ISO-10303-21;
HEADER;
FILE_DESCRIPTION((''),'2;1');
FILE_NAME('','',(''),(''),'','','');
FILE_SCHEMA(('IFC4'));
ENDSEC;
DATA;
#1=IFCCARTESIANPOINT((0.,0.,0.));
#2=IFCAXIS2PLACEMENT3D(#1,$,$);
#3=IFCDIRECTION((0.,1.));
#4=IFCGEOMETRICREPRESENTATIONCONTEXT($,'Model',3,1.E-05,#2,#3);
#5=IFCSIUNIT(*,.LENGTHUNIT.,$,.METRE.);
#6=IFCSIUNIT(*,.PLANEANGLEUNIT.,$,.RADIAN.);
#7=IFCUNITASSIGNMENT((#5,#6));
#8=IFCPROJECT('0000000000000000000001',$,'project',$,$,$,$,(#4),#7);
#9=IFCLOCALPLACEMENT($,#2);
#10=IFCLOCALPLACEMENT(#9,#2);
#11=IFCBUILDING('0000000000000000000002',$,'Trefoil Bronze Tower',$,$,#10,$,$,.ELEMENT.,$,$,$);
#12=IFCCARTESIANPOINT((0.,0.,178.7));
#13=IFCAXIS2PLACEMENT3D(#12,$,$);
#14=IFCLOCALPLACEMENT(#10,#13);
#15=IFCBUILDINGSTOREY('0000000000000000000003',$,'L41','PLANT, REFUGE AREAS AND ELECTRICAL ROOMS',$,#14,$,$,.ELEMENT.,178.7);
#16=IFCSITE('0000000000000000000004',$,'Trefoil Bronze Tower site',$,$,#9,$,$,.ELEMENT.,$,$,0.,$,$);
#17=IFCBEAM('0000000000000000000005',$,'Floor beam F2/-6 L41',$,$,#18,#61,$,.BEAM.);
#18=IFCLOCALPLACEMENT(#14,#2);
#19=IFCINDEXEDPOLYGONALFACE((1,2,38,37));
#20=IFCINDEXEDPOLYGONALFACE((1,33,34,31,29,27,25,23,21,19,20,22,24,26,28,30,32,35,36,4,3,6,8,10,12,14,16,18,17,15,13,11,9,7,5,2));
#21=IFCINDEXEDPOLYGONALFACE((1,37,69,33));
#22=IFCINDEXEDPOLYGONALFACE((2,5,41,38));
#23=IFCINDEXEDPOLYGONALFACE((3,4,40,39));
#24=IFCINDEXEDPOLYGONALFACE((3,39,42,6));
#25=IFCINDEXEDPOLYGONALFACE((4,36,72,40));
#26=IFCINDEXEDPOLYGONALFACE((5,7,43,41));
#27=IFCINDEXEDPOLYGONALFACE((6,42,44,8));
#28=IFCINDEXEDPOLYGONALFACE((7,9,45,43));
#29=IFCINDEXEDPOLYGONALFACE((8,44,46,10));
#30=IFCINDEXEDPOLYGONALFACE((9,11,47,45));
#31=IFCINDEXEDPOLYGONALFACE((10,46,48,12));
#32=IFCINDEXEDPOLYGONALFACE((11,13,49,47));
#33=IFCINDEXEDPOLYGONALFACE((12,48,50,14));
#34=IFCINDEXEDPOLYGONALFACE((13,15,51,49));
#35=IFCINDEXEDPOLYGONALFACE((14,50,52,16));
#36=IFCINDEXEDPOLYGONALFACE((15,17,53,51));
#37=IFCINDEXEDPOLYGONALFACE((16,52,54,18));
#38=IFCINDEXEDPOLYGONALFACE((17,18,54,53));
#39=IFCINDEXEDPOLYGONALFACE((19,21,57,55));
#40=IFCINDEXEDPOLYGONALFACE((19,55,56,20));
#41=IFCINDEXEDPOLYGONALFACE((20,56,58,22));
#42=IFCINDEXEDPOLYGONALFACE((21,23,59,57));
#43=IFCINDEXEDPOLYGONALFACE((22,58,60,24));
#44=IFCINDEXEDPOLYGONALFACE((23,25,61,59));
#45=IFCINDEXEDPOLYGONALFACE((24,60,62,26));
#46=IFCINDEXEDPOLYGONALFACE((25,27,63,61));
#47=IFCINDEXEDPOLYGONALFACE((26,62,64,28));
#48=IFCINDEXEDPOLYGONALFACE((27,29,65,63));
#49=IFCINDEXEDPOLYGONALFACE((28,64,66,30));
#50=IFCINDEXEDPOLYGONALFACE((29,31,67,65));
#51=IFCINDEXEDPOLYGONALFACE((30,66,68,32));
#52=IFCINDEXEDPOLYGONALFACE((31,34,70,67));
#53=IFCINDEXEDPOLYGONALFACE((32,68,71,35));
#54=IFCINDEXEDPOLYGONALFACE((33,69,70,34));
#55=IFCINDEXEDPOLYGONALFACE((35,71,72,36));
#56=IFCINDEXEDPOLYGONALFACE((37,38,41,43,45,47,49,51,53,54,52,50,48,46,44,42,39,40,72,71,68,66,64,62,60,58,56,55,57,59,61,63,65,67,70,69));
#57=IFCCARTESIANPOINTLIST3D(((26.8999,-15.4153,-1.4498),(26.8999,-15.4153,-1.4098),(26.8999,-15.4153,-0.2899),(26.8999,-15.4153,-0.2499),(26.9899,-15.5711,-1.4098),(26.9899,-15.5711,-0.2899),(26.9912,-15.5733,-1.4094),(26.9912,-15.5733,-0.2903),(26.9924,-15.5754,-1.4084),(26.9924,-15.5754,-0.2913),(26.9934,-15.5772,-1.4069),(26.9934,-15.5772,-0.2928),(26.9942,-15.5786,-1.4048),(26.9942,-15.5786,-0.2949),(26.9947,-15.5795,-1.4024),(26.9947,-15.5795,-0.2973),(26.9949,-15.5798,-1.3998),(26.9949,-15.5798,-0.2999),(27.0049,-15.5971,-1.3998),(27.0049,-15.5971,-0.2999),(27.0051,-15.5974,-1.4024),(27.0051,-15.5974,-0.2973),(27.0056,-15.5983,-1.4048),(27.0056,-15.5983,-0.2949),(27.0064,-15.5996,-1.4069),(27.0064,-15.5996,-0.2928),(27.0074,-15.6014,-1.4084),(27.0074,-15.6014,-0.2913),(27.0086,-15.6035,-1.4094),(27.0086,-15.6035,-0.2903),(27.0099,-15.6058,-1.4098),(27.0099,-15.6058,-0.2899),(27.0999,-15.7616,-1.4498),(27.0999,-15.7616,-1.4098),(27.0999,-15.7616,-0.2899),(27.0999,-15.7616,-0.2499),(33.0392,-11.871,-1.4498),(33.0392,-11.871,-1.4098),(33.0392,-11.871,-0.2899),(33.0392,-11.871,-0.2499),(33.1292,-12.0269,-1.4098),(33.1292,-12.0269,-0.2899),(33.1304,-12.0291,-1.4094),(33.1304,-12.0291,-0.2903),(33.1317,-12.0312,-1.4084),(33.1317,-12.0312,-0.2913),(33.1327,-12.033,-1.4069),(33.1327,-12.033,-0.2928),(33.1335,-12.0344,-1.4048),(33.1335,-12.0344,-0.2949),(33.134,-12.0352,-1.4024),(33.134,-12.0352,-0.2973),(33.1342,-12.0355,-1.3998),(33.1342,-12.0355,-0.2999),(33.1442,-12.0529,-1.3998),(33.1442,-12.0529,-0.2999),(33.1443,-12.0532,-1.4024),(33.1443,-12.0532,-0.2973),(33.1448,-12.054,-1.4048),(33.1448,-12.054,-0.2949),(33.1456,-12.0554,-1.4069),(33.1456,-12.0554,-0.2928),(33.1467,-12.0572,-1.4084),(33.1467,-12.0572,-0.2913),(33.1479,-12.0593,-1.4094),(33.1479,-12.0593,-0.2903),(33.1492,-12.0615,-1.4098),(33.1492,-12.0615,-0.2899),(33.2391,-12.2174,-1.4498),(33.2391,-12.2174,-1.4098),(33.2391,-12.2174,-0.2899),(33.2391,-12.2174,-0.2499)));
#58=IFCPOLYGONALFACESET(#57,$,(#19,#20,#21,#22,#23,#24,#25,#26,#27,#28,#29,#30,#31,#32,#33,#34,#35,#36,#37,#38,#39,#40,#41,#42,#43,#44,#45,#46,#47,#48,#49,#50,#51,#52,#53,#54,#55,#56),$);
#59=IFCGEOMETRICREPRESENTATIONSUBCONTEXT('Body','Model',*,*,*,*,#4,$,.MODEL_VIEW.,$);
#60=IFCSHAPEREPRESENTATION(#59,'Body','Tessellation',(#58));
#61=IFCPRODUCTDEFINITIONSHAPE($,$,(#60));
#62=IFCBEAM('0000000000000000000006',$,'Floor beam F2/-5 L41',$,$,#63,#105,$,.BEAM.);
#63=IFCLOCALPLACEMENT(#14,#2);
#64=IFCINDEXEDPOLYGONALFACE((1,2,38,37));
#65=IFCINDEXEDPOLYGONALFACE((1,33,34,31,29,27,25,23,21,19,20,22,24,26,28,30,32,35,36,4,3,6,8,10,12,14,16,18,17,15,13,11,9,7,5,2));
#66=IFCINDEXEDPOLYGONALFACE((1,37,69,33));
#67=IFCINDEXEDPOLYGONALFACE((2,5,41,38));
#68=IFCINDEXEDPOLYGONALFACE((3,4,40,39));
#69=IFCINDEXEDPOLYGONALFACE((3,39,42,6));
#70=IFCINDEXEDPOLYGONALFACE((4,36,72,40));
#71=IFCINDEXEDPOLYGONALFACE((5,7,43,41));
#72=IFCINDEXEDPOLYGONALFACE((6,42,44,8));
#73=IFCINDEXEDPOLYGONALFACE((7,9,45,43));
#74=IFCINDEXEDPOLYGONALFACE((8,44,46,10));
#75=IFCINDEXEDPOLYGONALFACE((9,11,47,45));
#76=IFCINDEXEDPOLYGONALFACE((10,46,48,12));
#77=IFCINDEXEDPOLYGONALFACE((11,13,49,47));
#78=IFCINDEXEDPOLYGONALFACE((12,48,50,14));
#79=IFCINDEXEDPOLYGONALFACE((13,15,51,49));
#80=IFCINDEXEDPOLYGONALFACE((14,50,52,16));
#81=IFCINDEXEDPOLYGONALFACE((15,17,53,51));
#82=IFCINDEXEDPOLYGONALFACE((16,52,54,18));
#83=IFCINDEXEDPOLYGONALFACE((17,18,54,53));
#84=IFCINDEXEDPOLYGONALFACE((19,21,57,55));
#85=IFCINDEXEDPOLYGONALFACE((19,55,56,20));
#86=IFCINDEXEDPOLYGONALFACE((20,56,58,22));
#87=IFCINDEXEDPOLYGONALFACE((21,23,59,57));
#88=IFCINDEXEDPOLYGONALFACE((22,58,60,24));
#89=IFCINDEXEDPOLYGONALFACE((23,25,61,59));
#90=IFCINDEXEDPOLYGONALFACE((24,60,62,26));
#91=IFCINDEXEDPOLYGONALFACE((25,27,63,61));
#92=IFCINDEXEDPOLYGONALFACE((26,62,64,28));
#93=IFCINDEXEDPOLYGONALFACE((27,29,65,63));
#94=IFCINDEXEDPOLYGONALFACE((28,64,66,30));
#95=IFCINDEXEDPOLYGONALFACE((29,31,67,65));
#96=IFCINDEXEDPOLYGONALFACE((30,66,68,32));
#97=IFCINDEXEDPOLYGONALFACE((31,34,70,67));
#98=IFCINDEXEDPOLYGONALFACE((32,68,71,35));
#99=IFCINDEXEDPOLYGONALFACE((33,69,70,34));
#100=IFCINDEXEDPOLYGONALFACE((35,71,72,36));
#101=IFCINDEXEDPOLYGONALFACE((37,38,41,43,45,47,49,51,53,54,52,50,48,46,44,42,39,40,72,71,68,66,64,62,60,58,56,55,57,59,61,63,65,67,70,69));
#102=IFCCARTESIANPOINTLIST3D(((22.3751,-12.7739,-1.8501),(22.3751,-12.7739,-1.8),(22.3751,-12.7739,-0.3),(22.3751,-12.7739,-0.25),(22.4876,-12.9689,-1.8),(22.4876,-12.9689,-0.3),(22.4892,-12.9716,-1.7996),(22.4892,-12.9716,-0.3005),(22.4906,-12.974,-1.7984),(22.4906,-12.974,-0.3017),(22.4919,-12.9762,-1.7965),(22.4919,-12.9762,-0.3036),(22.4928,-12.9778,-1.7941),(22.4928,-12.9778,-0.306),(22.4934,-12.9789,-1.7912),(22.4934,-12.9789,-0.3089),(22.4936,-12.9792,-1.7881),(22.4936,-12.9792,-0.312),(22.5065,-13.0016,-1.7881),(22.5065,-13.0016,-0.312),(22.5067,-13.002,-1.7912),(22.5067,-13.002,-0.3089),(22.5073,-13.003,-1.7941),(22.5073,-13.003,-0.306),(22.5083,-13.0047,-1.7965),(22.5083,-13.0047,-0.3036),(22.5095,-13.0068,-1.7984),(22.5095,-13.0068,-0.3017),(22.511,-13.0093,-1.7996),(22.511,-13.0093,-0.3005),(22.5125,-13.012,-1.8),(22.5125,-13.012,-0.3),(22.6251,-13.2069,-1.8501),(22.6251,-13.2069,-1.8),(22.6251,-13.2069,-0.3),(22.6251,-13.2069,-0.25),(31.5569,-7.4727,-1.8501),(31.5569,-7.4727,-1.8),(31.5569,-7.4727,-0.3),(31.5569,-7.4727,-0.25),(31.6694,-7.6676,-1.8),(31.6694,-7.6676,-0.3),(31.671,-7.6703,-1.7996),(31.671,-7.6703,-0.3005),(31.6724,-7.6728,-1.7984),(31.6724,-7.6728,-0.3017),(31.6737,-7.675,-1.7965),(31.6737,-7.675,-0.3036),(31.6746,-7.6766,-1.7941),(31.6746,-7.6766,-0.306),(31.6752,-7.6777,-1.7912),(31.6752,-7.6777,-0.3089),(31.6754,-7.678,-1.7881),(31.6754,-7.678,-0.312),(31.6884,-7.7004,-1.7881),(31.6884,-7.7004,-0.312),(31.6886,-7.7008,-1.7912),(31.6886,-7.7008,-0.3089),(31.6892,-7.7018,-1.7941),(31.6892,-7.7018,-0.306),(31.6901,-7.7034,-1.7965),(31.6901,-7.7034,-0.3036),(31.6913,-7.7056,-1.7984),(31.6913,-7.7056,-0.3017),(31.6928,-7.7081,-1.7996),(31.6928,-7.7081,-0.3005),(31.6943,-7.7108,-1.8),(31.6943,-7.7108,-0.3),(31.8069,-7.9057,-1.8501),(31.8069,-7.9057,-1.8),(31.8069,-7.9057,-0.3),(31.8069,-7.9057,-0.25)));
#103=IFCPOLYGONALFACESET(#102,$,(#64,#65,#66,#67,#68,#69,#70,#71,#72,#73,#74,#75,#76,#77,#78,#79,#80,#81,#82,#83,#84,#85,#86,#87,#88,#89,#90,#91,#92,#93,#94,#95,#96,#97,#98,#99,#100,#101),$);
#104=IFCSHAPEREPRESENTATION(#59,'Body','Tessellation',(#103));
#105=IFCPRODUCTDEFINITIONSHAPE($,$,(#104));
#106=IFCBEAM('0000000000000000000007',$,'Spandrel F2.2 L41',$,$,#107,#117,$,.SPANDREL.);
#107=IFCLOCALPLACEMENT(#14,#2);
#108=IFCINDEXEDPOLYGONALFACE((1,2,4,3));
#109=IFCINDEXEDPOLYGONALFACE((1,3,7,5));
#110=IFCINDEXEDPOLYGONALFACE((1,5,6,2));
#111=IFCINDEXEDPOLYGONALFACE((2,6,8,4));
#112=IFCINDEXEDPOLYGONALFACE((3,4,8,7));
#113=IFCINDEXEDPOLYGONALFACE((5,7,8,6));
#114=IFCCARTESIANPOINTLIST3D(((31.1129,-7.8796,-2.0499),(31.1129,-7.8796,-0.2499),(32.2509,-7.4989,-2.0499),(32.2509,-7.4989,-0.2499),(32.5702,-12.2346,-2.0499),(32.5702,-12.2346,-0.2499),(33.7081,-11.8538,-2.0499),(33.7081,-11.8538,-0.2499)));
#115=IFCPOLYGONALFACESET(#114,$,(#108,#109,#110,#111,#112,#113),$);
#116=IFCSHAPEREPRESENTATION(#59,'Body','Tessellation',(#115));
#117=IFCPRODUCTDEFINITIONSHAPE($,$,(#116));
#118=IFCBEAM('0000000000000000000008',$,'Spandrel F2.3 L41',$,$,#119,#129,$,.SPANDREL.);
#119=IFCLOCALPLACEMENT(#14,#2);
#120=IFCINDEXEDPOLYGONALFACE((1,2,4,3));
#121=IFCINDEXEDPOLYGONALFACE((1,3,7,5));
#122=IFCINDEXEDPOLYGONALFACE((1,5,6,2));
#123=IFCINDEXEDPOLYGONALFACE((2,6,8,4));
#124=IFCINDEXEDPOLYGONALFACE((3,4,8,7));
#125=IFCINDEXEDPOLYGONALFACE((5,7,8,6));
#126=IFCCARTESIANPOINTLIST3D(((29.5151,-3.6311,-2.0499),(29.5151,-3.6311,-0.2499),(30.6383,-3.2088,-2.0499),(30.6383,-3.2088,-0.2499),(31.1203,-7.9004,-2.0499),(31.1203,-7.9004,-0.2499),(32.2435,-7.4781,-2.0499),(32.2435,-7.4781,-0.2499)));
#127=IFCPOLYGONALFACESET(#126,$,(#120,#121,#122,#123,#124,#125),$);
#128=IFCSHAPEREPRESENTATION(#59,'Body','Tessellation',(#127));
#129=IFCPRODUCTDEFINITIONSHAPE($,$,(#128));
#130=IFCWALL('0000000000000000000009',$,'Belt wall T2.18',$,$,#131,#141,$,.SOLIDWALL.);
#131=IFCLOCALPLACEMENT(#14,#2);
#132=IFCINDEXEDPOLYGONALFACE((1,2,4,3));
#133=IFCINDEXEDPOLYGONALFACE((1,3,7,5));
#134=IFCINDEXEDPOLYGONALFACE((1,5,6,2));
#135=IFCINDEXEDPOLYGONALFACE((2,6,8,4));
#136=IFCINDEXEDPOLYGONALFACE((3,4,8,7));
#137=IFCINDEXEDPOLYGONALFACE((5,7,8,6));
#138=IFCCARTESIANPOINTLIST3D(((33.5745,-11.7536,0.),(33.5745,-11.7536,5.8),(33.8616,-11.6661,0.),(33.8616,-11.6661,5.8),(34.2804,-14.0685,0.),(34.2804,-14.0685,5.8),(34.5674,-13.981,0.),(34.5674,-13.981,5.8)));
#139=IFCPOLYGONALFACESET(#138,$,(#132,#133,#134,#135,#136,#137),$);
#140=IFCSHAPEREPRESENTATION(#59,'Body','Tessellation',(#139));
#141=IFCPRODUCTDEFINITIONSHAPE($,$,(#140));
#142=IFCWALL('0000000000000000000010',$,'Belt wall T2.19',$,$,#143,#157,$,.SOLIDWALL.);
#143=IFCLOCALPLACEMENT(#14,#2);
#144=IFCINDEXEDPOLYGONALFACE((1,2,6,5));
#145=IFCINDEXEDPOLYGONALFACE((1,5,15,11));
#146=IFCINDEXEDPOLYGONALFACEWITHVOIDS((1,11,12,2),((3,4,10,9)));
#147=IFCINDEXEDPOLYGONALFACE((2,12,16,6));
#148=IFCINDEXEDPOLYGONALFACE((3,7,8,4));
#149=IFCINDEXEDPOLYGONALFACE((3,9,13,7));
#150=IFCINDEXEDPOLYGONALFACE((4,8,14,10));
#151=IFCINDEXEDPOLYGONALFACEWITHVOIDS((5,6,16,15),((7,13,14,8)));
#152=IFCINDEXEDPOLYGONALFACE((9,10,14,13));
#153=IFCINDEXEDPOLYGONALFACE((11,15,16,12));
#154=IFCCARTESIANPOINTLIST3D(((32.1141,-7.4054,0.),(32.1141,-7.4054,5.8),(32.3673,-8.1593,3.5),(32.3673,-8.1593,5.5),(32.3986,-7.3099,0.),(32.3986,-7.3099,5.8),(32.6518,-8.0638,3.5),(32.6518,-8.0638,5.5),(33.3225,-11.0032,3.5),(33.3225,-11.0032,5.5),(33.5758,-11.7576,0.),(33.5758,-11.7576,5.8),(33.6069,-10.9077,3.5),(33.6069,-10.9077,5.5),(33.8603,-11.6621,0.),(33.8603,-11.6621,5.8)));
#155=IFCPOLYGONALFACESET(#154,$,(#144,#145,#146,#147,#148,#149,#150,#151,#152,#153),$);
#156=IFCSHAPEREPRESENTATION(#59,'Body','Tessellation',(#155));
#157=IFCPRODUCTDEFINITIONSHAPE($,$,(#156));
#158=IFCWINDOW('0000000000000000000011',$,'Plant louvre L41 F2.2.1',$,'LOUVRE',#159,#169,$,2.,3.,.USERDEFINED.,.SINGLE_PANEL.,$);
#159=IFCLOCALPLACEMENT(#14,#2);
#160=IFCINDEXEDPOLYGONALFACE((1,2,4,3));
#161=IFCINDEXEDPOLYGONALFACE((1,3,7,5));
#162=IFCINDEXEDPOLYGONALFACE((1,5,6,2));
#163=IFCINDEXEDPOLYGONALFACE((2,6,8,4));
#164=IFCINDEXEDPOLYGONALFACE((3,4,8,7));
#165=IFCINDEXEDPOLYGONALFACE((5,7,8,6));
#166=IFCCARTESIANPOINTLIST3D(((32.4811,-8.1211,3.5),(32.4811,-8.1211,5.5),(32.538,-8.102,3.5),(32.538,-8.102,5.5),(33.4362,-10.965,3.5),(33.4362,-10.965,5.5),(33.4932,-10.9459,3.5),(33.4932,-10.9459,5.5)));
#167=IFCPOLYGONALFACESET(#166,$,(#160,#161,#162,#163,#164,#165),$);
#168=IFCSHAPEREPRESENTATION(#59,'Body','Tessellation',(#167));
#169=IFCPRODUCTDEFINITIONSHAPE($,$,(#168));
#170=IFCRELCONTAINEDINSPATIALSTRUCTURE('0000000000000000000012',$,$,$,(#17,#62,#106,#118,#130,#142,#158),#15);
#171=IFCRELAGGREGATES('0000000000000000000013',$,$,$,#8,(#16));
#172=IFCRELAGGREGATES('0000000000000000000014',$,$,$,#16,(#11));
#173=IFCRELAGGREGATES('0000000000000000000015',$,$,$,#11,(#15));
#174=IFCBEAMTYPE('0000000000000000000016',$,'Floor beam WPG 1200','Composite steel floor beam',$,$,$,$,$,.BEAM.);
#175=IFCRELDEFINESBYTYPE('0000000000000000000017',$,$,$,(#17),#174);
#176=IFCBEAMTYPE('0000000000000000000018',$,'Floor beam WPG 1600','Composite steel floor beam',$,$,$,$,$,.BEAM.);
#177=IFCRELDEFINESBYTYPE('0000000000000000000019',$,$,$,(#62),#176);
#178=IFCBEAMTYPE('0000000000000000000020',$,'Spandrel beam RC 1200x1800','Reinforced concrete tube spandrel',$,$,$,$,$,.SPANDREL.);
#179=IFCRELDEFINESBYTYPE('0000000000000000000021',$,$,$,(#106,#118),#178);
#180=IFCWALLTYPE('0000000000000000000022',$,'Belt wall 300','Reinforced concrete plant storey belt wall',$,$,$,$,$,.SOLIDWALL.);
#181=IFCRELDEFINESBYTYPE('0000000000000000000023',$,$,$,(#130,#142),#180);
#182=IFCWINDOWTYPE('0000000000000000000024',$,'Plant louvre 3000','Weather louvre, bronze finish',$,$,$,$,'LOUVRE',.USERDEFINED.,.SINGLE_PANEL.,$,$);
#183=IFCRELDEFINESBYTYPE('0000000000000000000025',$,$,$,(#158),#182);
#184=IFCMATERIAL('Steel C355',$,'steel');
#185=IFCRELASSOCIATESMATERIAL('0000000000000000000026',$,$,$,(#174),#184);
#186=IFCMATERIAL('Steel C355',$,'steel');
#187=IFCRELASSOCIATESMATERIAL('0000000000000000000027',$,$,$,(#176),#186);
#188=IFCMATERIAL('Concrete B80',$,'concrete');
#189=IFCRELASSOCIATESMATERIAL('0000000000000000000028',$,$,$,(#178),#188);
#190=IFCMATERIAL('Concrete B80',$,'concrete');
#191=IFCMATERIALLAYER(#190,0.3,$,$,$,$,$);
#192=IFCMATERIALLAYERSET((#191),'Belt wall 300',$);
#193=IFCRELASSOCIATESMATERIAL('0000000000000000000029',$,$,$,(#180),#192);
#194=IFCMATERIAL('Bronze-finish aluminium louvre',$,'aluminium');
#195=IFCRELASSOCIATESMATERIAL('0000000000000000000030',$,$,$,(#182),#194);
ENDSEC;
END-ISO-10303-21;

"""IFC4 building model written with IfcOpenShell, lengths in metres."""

from ifc_helpers import new_model, si_unit, direction, frame, frame_2d, origin, origin_2d, place, context, subcontext, project, spatial, rectangle, i_section, extrude, material, layer, layer_set, material_profile, profile_set, type_object, element, fill, save


model = new_model("IFC4")

# Units and contexts
model_context = context("Model", 3, precision=1e-05, world=origin(), true_north=direction((0.0, 1.0)))
body_context = subcontext(model_context, "Body", "Model", "MODEL_VIEW")
ifc_project = project(units=[si_unit("LENGTHUNIT", "METRE"), si_unit("PLANEANGLEUNIT", "RADIAN")], contexts=[model_context])

# Site, building, storey
site_placement = place(None, origin())
site = spatial("IfcSite", under=ifc_project, at=site_placement, Name="Trefoil Bronze Tower site", CompositionType="ELEMENT", RefElevation=0.0)
building_placement = place(site_placement, origin())
building = spatial("IfcBuilding", under=site, at=building_placement, Name="Trefoil Bronze Tower", CompositionType="ELEMENT")
storey_placement = place(building_placement, frame((0.0, 0.0, 178.7)))
storey = spatial("IfcBuildingStorey", under=building, at=storey_placement, Name="L41", Description="PLANT, REFUGE AREAS AND ELECTRICAL ROOMS", CompositionType="ELEMENT", Elevation=178.7)

# Beams
ifc_material_1 = material(Name="Steel C355", Category="steel")
ifc_material_profile_1 = material_profile(ifc_material_1, i_section(OverallWidth=0.3999, OverallDepth=1.2, WebThickness=0.02, FlangeThickness=0.04, FilletRadius=0.01, at=origin_2d()), Name="WPG 1200")
ifc_profile_set_1 = profile_set([ifc_material_profile_1], Name="Steel C355")
beam_type_1 = type_object("IfcBeamType", Name="Floor beam WPG 1200", Description="Composite steel floor beam", PredefinedType="BEAM", material=ifc_profile_set_1)
beam_1_placement = place(storey_placement, frame((33.1392, -12.0442, -0.8499), z_axis=(-0.866041, -0.499973, 0.0), x_axis=(0.499973, -0.866041, 0.0)))
element("IfcBeam", 1, at=beam_1_placement, inside=storey, type_object=beam_type_1, Name="Floor beam F2/-6 L41", PredefinedType="BEAM", context=body_context, shape_type="SweptSolid", body=[
    extrude(i_section(OverallWidth=0.3999, OverallDepth=1.2, WebThickness=0.02, FlangeThickness=0.04, FilletRadius=0.01, at=origin_2d()), origin(), (0.0, 0.0, 1.0), 7.0889),
])
ifc_material_2 = material(Name="Steel C355", Category="steel")
ifc_material_profile_2 = material_profile(ifc_material_2, i_section(OverallWidth=0.5, OverallDepth=1.6001, WebThickness=0.0259, FlangeThickness=0.05, FilletRadius=0.012, at=origin_2d()), Name="WPG 1600")
ifc_profile_set_2 = profile_set([ifc_material_profile_2], Name="Steel C355")
beam_type_2 = type_object("IfcBeamType", Name="Floor beam WPG 1600", Description="Composite steel floor beam", PredefinedType="BEAM", material=ifc_profile_set_2)
beam_2_placement = place(storey_placement, frame((31.6819, -7.6892, -1.05), z_axis=(-0.866021, -0.500007, 0.0), x_axis=(0.500007, -0.866021, 0.0)))
element("IfcBeam", 2, at=beam_2_placement, inside=storey, type_object=beam_type_2, Name="Floor beam F2/-5 L41", PredefinedType="BEAM", context=body_context, shape_type="SweptSolid", body=[
    extrude(i_section(OverallWidth=0.5, OverallDepth=1.6001, WebThickness=0.0259, FlangeThickness=0.05, FilletRadius=0.012, at=origin_2d()), origin(), (0.0, 0.0, 1.0), 10.6023),
])
ifc_material_3 = material(Name="Concrete B80", Category="concrete")
ifc_material_profile_3 = material_profile(ifc_material_3, rectangle(XDim=1.2, YDim=1.8, at=origin_2d()), Name="RC 1200x1800")
ifc_profile_set_3 = profile_set([ifc_material_profile_3], Name="Concrete B80")
beam_type_3 = type_object("IfcBeamType", Name="Spandrel beam RC 1200x1800", Description="Reinforced concrete tube spandrel", PredefinedType="SPANDREL", material=ifc_profile_set_3)
beam_3_placement = place(storey_placement, frame((33.1392, -12.0442, -1.1499), z_axis=(-0.317328, 0.948316, 0.0), x_axis=(-0.948316, -0.317328, 0.0)))
element("IfcBeam", 3, at=beam_3_placement, inside=storey, type_object=beam_type_3, Name="Spandrel F2.2 L41", PredefinedType="SPANDREL", context=body_context, shape_type="SweptSolid", body=[
    extrude(rectangle(XDim=1.2, YDim=1.8, at=origin_2d()), origin(), (0.0, 0.0, 1.0), 4.5923),
])
beam_4_placement = place(storey_placement, frame((31.6819, -7.6892, -1.1499), z_axis=(-0.351939, 0.936023, 0.0), x_axis=(-0.936023, -0.351939, 0.0)))
element("IfcBeam", 4, at=beam_4_placement, inside=storey, type_object=beam_type_3, Name="Spandrel F2.3 L41", PredefinedType="SPANDREL", context=body_context, shape_type="SweptSolid", body=[
    extrude(rectangle(XDim=1.2, YDim=1.8, at=origin_2d()), origin(), (0.0, 0.0, 1.0), 4.561),
])

# Wall
ifc_material_4 = material(Name="Concrete B80", Category="concrete")
ifc_layer_1 = layer(ifc_material_4, 0.3)
ifc_layer_set_1 = layer_set([ifc_layer_1], Name="Belt wall 300")
wall_type = type_object("IfcWallType", Name="Belt wall 300", Description="Reinforced concrete plant storey belt wall", PredefinedType="SOLIDWALL", material=ifc_layer_set_1)
wall_1_placement = place(storey_placement, frame((34.4238, -14.0247, 0.0), z_axis=(0.0, 0.0, 1.0), x_axis=(-0.291639, 0.956528, 0.0)))
element("IfcWall", 5, at=wall_1_placement, inside=storey, type_object=wall_type, Name="Belt wall T2.18", PredefinedType="SOLIDWALL", context=body_context, shape_type="SweptSolid", body=[
    extrude(rectangle(XDim=2.4202, YDim=0.3, at=frame_2d((1.21, 0.0))), origin(), (0.0, 0.0, 1.0), 5.8),
])

# Wall, opening, window
wall_2_placement = place(storey_placement, frame((33.718, -11.7097, 0.0), z_axis=(0.0, 0.0, 1.0), x_axis=(-0.318381, 0.947963, 0.0)))
wall_2 = element("IfcWall", 6, at=wall_2_placement, inside=storey, type_object=wall_type, Name="Belt wall T2.19", PredefinedType="SOLIDWALL", context=body_context, shape_type="SweptSolid", body=[
    extrude(rectangle(XDim=4.5911, YDim=0.3, at=frame_2d((2.2954, 0.0))), origin(), (0.0, 0.0, 1.0), 5.8),
])
opening_1_placement = place(wall_2_placement, frame((0.7957, 0.0, 3.5)))
opening_1 = element("IfcOpeningElement", 7, at=opening_1_placement, cuts=wall_2, PredefinedType="OPENING", context=body_context, shape_type="SweptSolid", body=[
    extrude(rectangle(XDim=3.0, YDim=2.0, at=frame_2d((1.5, 1.0))), frame((0.0, 0.1599, 0.0), z_axis=(0.0, -1.0, 0.0), x_axis=(1.0, 0.0, 0.0)), (0.0, 0.0, 1.0), 0.3201),
])
ifc_material_5 = material(Name="Bronze-finish aluminium louvre", Category="aluminium")
window_type = type_object("IfcWindowType", Name="Plant louvre 3000", Description="Weather louvre, bronze finish", ElementType="LOUVRE", PartitioningType="SINGLE_PANEL", PredefinedType="USERDEFINED", material=ifc_material_5)
window_1_placement = place(opening_1_placement, origin())
window_1 = element("IfcWindow", 8, at=window_1_placement, inside=storey, type_object=window_type, Name="Plant louvre L41 F2.2.1", ObjectType="LOUVRE", OverallHeight=2.0, OverallWidth=3.0, PartitioningType="SINGLE_PANEL", PredefinedType="USERDEFINED", context=body_context, shape_type="SweptSolid", body=[
    extrude(rectangle(XDim=3.0, YDim=2.0, at=frame_2d((1.5, 1.0))), frame((0.0, 0.03, 0.0), z_axis=(0.0, -1.0, 0.0), x_axis=(1.0, 0.0, 0.0)), (0.0, 0.0, 1.0), 0.0601),
])
fill(opening_1, window_1)

save(model, "model.ifc")
